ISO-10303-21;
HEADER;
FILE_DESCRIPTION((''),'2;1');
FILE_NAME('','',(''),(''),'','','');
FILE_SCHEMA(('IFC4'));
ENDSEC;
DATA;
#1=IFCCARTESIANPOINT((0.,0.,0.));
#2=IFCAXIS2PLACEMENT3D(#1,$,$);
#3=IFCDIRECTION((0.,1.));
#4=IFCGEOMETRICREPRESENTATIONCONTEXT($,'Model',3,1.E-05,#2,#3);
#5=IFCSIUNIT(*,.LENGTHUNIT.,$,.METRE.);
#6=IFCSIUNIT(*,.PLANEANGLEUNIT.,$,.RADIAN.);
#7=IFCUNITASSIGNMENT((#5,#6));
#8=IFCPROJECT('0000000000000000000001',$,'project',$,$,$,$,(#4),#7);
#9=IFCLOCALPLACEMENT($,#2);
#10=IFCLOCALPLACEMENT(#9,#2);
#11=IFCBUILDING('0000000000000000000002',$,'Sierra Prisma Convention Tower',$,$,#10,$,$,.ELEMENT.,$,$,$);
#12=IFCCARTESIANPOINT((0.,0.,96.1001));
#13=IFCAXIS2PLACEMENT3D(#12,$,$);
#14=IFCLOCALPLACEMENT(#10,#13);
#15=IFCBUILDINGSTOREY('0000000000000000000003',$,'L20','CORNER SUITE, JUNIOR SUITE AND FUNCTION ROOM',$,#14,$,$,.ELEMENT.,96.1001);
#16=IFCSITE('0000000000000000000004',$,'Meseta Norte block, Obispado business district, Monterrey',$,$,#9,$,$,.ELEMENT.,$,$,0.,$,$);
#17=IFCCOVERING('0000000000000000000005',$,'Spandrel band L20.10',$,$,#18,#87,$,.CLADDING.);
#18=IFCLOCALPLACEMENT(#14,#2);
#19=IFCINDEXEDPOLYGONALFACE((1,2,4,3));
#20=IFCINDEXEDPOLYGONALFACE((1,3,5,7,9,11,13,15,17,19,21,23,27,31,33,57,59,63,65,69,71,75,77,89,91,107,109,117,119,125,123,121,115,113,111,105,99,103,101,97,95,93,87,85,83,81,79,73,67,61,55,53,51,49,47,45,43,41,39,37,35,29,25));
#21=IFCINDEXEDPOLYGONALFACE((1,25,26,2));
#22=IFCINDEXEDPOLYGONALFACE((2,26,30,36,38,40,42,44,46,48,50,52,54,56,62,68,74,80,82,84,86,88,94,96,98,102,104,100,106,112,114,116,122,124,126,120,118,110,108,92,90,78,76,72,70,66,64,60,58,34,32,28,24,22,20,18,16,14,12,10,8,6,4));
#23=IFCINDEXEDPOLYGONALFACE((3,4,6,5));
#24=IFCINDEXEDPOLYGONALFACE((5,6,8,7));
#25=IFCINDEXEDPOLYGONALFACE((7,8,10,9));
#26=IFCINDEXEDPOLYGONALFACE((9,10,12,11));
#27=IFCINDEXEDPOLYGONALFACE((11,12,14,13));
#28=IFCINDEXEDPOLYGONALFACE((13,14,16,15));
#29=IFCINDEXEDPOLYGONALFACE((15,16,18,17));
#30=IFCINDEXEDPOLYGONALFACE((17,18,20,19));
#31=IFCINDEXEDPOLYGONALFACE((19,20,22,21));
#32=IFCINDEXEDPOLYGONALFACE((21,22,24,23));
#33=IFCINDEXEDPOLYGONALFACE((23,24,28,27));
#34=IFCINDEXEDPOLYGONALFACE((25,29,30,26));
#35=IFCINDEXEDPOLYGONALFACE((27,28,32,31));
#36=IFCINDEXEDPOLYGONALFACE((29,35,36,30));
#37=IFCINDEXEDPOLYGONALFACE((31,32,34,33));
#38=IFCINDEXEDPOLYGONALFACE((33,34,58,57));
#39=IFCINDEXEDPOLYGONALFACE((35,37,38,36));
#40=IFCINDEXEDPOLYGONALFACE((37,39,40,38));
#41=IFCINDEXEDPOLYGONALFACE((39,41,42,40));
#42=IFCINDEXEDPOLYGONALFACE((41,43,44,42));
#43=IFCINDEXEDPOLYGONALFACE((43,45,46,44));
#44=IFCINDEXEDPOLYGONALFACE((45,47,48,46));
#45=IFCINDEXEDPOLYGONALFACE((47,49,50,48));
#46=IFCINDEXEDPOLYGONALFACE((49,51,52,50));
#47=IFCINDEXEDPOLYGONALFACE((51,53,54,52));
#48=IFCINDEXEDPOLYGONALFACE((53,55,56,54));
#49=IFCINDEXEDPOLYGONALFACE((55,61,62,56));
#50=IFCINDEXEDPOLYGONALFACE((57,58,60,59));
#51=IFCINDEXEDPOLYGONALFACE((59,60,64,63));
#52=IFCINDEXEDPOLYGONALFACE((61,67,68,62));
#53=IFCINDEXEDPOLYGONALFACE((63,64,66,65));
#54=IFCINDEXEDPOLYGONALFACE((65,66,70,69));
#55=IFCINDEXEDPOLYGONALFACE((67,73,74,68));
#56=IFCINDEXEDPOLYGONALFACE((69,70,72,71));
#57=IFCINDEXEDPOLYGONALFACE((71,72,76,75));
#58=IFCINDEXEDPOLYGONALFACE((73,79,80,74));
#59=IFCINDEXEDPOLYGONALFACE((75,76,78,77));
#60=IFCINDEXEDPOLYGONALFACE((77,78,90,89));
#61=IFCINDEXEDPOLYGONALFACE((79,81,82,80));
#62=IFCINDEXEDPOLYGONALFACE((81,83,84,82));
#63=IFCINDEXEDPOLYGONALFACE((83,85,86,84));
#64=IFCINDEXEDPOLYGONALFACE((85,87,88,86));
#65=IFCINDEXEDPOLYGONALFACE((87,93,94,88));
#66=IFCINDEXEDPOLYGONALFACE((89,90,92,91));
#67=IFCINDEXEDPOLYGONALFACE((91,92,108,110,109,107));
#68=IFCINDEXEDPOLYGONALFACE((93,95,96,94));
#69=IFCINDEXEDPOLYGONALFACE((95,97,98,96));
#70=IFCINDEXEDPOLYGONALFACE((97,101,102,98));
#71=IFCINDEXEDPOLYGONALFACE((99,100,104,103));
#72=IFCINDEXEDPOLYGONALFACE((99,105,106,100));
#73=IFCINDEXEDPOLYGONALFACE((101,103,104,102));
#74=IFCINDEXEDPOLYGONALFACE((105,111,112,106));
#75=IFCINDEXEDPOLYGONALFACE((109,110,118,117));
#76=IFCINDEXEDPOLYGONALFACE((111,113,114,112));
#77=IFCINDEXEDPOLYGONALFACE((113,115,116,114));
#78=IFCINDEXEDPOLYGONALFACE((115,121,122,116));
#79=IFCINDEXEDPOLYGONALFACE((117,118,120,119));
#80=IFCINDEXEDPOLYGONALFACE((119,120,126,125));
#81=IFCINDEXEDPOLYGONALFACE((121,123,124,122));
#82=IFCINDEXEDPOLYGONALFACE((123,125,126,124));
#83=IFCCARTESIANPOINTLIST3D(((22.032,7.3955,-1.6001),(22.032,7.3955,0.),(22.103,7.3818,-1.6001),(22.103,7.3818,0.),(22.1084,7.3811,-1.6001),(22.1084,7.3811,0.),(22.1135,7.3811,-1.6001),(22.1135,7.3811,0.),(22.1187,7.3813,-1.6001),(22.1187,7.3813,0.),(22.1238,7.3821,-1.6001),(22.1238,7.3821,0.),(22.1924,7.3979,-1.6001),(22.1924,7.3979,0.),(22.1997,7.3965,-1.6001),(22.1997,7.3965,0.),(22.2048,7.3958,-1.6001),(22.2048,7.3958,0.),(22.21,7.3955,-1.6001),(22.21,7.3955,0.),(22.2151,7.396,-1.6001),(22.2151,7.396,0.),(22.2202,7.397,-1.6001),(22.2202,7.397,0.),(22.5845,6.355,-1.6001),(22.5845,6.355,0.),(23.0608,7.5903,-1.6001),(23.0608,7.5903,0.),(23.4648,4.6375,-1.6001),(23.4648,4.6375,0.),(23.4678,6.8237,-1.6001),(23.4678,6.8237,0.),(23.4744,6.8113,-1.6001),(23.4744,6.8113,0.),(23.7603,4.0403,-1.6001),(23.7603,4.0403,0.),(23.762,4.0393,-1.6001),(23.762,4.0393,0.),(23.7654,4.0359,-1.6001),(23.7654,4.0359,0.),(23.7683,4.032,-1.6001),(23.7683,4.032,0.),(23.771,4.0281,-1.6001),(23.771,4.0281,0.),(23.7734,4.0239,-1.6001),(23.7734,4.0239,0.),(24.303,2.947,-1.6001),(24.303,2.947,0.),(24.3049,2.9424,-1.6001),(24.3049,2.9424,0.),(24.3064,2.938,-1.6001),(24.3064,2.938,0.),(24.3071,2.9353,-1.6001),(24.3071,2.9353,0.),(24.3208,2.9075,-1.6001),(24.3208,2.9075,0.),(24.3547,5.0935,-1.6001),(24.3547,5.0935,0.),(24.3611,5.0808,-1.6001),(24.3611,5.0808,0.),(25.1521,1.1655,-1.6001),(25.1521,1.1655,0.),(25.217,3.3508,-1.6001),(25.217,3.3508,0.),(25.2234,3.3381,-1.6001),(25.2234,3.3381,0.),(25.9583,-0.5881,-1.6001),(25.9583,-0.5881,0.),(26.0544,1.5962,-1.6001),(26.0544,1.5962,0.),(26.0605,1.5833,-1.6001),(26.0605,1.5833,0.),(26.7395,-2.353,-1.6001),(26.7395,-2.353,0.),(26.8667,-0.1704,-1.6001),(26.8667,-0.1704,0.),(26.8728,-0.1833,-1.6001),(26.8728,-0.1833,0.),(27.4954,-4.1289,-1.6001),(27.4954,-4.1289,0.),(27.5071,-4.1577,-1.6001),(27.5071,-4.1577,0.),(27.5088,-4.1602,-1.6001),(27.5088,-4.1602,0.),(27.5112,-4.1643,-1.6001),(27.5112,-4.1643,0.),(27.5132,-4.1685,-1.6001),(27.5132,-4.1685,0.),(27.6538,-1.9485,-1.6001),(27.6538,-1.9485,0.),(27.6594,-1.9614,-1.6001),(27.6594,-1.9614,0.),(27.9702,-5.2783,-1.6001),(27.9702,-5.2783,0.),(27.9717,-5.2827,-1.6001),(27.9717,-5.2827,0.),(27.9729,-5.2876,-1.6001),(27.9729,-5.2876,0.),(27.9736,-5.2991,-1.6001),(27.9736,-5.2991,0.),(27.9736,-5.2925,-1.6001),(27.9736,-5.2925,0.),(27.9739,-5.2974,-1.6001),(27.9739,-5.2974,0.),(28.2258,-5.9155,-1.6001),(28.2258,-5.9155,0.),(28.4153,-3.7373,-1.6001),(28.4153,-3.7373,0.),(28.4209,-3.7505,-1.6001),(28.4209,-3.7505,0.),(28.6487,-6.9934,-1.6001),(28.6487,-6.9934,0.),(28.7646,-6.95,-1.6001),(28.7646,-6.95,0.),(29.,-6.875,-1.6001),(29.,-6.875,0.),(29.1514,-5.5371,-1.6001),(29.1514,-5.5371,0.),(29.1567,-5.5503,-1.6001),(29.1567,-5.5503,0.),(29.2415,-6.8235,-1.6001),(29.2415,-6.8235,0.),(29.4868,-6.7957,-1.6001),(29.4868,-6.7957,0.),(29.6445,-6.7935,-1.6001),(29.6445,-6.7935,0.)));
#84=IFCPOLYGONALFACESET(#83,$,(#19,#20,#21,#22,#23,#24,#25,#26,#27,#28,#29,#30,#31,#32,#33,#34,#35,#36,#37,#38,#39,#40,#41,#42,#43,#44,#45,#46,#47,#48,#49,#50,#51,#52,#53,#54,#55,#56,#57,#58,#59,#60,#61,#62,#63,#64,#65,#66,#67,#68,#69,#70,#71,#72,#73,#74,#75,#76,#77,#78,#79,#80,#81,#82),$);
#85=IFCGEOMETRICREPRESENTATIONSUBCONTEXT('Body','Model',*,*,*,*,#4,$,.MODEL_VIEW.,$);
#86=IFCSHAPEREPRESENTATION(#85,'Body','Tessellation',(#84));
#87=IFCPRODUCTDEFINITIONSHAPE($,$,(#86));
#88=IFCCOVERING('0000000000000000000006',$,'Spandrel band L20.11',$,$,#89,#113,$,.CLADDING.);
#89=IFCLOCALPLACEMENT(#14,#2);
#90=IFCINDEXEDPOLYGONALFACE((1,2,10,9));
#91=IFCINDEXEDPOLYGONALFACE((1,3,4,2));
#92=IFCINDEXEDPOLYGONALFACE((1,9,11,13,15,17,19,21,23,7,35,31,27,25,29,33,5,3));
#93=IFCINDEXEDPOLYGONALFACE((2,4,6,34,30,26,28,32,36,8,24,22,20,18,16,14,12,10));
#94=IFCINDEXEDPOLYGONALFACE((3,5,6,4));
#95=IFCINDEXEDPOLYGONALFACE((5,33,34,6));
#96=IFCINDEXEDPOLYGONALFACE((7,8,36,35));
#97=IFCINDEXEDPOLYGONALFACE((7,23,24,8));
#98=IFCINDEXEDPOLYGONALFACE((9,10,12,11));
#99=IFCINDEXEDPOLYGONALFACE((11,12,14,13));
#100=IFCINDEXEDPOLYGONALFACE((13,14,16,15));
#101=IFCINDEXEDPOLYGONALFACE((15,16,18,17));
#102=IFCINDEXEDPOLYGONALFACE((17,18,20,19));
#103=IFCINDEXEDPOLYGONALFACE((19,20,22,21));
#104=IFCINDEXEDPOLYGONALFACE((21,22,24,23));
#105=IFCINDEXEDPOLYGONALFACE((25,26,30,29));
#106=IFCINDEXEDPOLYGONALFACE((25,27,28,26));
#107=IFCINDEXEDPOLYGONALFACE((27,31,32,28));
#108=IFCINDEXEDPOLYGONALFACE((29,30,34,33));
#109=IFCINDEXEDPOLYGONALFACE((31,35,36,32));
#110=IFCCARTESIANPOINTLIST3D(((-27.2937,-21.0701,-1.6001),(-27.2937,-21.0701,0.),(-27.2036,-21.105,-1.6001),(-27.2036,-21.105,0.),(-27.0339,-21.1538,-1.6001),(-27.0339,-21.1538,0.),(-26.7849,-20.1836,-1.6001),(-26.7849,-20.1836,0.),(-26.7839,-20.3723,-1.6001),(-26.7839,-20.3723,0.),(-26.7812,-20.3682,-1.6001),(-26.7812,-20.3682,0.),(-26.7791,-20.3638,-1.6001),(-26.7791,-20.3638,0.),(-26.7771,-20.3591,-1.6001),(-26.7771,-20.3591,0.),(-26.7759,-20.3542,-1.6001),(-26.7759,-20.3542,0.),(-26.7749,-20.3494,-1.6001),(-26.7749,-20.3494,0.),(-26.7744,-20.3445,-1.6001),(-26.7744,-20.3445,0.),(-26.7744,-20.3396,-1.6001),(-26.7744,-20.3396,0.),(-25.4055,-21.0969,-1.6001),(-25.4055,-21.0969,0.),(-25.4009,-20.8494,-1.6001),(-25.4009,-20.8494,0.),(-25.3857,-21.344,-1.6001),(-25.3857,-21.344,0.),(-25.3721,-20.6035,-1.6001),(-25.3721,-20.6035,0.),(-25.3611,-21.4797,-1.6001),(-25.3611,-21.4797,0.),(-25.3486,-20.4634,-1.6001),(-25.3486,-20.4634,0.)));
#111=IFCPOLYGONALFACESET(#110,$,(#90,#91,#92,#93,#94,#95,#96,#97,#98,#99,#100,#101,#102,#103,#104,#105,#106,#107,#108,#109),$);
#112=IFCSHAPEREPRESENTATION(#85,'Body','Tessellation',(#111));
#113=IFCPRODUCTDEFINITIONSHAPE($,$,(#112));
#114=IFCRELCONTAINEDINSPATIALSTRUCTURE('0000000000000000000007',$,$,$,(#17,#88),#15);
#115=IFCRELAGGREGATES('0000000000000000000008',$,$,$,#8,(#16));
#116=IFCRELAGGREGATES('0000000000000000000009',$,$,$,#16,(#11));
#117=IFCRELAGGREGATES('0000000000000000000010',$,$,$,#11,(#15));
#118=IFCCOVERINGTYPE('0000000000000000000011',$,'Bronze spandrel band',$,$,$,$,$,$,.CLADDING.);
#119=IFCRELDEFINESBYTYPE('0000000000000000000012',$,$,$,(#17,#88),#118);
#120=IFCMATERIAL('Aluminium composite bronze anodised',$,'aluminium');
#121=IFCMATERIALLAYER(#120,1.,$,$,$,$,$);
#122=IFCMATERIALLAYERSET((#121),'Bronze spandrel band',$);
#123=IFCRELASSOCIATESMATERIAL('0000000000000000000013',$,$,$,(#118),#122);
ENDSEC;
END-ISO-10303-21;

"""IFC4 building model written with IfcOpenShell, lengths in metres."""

from ifc_helpers import new_model, si_unit, direction, frame, origin, place, context, subcontext, project, spatial, polyline, outline, extrude, material, layer, layer_set, type_object, element, save


model = new_model("IFC4")

# Units and contexts
model_context = context("Model", 3, precision=1e-05, world=origin(), true_north=direction((0.0, 1.0)))
body_context = subcontext(model_context, "Body", "Model", "MODEL_VIEW")
ifc_project = project(units=[si_unit("LENGTHUNIT", "METRE"), si_unit("PLANEANGLEUNIT", "RADIAN")], contexts=[model_context])

# Site, building, storey
site_placement = place(None, origin())
site = spatial("IfcSite", under=ifc_project, at=site_placement, Name="Meseta Norte block, Obispado business district, Monterrey", CompositionType="ELEMENT", RefElevation=0.0)
building_placement = place(site_placement, origin())
building = spatial("IfcBuilding", under=site, at=building_placement, Name="Sierra Prisma Convention Tower", CompositionType="ELEMENT")
storey_placement = place(building_placement, frame((0.0, 0.0, 96.1001)))
storey = spatial("IfcBuildingStorey", under=building, at=storey_placement, Name="L20", Description="CORNER SUITE, JUNIOR SUITE AND FUNCTION ROOM", CompositionType="ELEMENT", Elevation=96.1001)

# Coverings
ifc_material_1 = material(Name="Aluminium composite bronze anodised", Category="aluminium")
ifc_layer_1 = layer(ifc_material_1, 1.0)
ifc_layer_set_1 = layer_set([ifc_layer_1], Name="Bronze spandrel band")
covering_type_1 = type_object("IfcCoveringType", Name="Bronze spandrel band", PredefinedType="CLADDING", material=ifc_layer_set_1)
covering_1_placement = place(storey_placement, frame((0.0, 0.0, -1.6001)))
element("IfcCovering", 1, at=covering_1_placement, inside=storey, type_object=covering_type_1, Name="Spandrel band L20.10", PredefinedType="CLADDING", context=body_context, shape_type="SweptSolid", body=[
    extrude(outline(polyline([(29.6445, -6.7935), (29.4868, -6.7957), (29.2415, -6.8235), (29.0, -6.875), (28.7646, -6.95), (28.6487, -6.9934), (28.2258, -5.9155), (27.9736, -5.2991), (27.9739, -5.2974), (27.9736, -5.2925), (27.9729, -5.2876), (27.9717, -5.2827), (27.9702, -5.2783), (27.5132, -4.1685), (27.5112, -4.1643), (27.5088, -4.1602), (27.5071, -4.1577), (27.4954, -4.1289), (26.7395, -2.353), (25.9583, -0.5881), (25.1521, 1.1655), (24.3208, 2.9075), (24.3071, 2.9353), (24.3064, 2.938), (24.3049, 2.9424), (24.303, 2.947), (23.7734, 4.0239), (23.771, 4.0281), (23.7683, 4.032), (23.7654, 4.0359), (23.762, 4.0393), (23.7603, 4.0403), (23.4648, 4.6375), (22.5845, 6.355), (22.032, 7.3955), (22.103, 7.3818), (22.1084, 7.3811), (22.1135, 7.3811), (22.1187, 7.3813), (22.1238, 7.3821), (22.1924, 7.3979), (22.1997, 7.3965), (22.2048, 7.3958), (22.21, 7.3955), (22.2151, 7.396), (22.2202, 7.397), (23.0608, 7.5903), (23.4678, 6.8237), (23.4744, 6.8113), (24.3547, 5.0935), (24.3611, 5.0808), (25.217, 3.3508), (25.2234, 3.3381), (26.0544, 1.5962), (26.0605, 1.5833), (26.8667, -0.1704), (26.8728, -0.1833), (27.6538, -1.9485), (27.6594, -1.9614), (28.4153, -3.7373), (28.4209, -3.7505), (29.1514, -5.5371), (29.1567, -5.5503), (29.6445, -6.7935)])), origin(), (0.0, 0.0, 1.0), 1.6001),
])
covering_2_placement = place(storey_placement, frame((0.0, 0.0, -1.6001)))
element("IfcCovering", 2, at=covering_2_placement, inside=storey, type_object=covering_type_1, Name="Spandrel band L20.11", PredefinedType="CLADDING", context=body_context, shape_type="SweptSolid", body=[
    extrude(outline(polyline([(-26.7744, -20.3396), (-26.7849, -20.1836), (-25.3486, -20.4634), (-25.3721, -20.6035), (-25.4009, -20.8494), (-25.4055, -21.0969), (-25.3857, -21.344), (-25.3611, -21.4797), (-27.0339, -21.1538), (-27.2036, -21.105), (-27.2937, -21.0701), (-26.7839, -20.3723), (-26.7812, -20.3682), (-26.7791, -20.3638), (-26.7771, -20.3591), (-26.7759, -20.3542), (-26.7749, -20.3494), (-26.7744, -20.3445), (-26.7744, -20.3396)])), origin(), (0.0, 0.0, 1.0), 1.6001),
])

save(model, "model.ifc")
